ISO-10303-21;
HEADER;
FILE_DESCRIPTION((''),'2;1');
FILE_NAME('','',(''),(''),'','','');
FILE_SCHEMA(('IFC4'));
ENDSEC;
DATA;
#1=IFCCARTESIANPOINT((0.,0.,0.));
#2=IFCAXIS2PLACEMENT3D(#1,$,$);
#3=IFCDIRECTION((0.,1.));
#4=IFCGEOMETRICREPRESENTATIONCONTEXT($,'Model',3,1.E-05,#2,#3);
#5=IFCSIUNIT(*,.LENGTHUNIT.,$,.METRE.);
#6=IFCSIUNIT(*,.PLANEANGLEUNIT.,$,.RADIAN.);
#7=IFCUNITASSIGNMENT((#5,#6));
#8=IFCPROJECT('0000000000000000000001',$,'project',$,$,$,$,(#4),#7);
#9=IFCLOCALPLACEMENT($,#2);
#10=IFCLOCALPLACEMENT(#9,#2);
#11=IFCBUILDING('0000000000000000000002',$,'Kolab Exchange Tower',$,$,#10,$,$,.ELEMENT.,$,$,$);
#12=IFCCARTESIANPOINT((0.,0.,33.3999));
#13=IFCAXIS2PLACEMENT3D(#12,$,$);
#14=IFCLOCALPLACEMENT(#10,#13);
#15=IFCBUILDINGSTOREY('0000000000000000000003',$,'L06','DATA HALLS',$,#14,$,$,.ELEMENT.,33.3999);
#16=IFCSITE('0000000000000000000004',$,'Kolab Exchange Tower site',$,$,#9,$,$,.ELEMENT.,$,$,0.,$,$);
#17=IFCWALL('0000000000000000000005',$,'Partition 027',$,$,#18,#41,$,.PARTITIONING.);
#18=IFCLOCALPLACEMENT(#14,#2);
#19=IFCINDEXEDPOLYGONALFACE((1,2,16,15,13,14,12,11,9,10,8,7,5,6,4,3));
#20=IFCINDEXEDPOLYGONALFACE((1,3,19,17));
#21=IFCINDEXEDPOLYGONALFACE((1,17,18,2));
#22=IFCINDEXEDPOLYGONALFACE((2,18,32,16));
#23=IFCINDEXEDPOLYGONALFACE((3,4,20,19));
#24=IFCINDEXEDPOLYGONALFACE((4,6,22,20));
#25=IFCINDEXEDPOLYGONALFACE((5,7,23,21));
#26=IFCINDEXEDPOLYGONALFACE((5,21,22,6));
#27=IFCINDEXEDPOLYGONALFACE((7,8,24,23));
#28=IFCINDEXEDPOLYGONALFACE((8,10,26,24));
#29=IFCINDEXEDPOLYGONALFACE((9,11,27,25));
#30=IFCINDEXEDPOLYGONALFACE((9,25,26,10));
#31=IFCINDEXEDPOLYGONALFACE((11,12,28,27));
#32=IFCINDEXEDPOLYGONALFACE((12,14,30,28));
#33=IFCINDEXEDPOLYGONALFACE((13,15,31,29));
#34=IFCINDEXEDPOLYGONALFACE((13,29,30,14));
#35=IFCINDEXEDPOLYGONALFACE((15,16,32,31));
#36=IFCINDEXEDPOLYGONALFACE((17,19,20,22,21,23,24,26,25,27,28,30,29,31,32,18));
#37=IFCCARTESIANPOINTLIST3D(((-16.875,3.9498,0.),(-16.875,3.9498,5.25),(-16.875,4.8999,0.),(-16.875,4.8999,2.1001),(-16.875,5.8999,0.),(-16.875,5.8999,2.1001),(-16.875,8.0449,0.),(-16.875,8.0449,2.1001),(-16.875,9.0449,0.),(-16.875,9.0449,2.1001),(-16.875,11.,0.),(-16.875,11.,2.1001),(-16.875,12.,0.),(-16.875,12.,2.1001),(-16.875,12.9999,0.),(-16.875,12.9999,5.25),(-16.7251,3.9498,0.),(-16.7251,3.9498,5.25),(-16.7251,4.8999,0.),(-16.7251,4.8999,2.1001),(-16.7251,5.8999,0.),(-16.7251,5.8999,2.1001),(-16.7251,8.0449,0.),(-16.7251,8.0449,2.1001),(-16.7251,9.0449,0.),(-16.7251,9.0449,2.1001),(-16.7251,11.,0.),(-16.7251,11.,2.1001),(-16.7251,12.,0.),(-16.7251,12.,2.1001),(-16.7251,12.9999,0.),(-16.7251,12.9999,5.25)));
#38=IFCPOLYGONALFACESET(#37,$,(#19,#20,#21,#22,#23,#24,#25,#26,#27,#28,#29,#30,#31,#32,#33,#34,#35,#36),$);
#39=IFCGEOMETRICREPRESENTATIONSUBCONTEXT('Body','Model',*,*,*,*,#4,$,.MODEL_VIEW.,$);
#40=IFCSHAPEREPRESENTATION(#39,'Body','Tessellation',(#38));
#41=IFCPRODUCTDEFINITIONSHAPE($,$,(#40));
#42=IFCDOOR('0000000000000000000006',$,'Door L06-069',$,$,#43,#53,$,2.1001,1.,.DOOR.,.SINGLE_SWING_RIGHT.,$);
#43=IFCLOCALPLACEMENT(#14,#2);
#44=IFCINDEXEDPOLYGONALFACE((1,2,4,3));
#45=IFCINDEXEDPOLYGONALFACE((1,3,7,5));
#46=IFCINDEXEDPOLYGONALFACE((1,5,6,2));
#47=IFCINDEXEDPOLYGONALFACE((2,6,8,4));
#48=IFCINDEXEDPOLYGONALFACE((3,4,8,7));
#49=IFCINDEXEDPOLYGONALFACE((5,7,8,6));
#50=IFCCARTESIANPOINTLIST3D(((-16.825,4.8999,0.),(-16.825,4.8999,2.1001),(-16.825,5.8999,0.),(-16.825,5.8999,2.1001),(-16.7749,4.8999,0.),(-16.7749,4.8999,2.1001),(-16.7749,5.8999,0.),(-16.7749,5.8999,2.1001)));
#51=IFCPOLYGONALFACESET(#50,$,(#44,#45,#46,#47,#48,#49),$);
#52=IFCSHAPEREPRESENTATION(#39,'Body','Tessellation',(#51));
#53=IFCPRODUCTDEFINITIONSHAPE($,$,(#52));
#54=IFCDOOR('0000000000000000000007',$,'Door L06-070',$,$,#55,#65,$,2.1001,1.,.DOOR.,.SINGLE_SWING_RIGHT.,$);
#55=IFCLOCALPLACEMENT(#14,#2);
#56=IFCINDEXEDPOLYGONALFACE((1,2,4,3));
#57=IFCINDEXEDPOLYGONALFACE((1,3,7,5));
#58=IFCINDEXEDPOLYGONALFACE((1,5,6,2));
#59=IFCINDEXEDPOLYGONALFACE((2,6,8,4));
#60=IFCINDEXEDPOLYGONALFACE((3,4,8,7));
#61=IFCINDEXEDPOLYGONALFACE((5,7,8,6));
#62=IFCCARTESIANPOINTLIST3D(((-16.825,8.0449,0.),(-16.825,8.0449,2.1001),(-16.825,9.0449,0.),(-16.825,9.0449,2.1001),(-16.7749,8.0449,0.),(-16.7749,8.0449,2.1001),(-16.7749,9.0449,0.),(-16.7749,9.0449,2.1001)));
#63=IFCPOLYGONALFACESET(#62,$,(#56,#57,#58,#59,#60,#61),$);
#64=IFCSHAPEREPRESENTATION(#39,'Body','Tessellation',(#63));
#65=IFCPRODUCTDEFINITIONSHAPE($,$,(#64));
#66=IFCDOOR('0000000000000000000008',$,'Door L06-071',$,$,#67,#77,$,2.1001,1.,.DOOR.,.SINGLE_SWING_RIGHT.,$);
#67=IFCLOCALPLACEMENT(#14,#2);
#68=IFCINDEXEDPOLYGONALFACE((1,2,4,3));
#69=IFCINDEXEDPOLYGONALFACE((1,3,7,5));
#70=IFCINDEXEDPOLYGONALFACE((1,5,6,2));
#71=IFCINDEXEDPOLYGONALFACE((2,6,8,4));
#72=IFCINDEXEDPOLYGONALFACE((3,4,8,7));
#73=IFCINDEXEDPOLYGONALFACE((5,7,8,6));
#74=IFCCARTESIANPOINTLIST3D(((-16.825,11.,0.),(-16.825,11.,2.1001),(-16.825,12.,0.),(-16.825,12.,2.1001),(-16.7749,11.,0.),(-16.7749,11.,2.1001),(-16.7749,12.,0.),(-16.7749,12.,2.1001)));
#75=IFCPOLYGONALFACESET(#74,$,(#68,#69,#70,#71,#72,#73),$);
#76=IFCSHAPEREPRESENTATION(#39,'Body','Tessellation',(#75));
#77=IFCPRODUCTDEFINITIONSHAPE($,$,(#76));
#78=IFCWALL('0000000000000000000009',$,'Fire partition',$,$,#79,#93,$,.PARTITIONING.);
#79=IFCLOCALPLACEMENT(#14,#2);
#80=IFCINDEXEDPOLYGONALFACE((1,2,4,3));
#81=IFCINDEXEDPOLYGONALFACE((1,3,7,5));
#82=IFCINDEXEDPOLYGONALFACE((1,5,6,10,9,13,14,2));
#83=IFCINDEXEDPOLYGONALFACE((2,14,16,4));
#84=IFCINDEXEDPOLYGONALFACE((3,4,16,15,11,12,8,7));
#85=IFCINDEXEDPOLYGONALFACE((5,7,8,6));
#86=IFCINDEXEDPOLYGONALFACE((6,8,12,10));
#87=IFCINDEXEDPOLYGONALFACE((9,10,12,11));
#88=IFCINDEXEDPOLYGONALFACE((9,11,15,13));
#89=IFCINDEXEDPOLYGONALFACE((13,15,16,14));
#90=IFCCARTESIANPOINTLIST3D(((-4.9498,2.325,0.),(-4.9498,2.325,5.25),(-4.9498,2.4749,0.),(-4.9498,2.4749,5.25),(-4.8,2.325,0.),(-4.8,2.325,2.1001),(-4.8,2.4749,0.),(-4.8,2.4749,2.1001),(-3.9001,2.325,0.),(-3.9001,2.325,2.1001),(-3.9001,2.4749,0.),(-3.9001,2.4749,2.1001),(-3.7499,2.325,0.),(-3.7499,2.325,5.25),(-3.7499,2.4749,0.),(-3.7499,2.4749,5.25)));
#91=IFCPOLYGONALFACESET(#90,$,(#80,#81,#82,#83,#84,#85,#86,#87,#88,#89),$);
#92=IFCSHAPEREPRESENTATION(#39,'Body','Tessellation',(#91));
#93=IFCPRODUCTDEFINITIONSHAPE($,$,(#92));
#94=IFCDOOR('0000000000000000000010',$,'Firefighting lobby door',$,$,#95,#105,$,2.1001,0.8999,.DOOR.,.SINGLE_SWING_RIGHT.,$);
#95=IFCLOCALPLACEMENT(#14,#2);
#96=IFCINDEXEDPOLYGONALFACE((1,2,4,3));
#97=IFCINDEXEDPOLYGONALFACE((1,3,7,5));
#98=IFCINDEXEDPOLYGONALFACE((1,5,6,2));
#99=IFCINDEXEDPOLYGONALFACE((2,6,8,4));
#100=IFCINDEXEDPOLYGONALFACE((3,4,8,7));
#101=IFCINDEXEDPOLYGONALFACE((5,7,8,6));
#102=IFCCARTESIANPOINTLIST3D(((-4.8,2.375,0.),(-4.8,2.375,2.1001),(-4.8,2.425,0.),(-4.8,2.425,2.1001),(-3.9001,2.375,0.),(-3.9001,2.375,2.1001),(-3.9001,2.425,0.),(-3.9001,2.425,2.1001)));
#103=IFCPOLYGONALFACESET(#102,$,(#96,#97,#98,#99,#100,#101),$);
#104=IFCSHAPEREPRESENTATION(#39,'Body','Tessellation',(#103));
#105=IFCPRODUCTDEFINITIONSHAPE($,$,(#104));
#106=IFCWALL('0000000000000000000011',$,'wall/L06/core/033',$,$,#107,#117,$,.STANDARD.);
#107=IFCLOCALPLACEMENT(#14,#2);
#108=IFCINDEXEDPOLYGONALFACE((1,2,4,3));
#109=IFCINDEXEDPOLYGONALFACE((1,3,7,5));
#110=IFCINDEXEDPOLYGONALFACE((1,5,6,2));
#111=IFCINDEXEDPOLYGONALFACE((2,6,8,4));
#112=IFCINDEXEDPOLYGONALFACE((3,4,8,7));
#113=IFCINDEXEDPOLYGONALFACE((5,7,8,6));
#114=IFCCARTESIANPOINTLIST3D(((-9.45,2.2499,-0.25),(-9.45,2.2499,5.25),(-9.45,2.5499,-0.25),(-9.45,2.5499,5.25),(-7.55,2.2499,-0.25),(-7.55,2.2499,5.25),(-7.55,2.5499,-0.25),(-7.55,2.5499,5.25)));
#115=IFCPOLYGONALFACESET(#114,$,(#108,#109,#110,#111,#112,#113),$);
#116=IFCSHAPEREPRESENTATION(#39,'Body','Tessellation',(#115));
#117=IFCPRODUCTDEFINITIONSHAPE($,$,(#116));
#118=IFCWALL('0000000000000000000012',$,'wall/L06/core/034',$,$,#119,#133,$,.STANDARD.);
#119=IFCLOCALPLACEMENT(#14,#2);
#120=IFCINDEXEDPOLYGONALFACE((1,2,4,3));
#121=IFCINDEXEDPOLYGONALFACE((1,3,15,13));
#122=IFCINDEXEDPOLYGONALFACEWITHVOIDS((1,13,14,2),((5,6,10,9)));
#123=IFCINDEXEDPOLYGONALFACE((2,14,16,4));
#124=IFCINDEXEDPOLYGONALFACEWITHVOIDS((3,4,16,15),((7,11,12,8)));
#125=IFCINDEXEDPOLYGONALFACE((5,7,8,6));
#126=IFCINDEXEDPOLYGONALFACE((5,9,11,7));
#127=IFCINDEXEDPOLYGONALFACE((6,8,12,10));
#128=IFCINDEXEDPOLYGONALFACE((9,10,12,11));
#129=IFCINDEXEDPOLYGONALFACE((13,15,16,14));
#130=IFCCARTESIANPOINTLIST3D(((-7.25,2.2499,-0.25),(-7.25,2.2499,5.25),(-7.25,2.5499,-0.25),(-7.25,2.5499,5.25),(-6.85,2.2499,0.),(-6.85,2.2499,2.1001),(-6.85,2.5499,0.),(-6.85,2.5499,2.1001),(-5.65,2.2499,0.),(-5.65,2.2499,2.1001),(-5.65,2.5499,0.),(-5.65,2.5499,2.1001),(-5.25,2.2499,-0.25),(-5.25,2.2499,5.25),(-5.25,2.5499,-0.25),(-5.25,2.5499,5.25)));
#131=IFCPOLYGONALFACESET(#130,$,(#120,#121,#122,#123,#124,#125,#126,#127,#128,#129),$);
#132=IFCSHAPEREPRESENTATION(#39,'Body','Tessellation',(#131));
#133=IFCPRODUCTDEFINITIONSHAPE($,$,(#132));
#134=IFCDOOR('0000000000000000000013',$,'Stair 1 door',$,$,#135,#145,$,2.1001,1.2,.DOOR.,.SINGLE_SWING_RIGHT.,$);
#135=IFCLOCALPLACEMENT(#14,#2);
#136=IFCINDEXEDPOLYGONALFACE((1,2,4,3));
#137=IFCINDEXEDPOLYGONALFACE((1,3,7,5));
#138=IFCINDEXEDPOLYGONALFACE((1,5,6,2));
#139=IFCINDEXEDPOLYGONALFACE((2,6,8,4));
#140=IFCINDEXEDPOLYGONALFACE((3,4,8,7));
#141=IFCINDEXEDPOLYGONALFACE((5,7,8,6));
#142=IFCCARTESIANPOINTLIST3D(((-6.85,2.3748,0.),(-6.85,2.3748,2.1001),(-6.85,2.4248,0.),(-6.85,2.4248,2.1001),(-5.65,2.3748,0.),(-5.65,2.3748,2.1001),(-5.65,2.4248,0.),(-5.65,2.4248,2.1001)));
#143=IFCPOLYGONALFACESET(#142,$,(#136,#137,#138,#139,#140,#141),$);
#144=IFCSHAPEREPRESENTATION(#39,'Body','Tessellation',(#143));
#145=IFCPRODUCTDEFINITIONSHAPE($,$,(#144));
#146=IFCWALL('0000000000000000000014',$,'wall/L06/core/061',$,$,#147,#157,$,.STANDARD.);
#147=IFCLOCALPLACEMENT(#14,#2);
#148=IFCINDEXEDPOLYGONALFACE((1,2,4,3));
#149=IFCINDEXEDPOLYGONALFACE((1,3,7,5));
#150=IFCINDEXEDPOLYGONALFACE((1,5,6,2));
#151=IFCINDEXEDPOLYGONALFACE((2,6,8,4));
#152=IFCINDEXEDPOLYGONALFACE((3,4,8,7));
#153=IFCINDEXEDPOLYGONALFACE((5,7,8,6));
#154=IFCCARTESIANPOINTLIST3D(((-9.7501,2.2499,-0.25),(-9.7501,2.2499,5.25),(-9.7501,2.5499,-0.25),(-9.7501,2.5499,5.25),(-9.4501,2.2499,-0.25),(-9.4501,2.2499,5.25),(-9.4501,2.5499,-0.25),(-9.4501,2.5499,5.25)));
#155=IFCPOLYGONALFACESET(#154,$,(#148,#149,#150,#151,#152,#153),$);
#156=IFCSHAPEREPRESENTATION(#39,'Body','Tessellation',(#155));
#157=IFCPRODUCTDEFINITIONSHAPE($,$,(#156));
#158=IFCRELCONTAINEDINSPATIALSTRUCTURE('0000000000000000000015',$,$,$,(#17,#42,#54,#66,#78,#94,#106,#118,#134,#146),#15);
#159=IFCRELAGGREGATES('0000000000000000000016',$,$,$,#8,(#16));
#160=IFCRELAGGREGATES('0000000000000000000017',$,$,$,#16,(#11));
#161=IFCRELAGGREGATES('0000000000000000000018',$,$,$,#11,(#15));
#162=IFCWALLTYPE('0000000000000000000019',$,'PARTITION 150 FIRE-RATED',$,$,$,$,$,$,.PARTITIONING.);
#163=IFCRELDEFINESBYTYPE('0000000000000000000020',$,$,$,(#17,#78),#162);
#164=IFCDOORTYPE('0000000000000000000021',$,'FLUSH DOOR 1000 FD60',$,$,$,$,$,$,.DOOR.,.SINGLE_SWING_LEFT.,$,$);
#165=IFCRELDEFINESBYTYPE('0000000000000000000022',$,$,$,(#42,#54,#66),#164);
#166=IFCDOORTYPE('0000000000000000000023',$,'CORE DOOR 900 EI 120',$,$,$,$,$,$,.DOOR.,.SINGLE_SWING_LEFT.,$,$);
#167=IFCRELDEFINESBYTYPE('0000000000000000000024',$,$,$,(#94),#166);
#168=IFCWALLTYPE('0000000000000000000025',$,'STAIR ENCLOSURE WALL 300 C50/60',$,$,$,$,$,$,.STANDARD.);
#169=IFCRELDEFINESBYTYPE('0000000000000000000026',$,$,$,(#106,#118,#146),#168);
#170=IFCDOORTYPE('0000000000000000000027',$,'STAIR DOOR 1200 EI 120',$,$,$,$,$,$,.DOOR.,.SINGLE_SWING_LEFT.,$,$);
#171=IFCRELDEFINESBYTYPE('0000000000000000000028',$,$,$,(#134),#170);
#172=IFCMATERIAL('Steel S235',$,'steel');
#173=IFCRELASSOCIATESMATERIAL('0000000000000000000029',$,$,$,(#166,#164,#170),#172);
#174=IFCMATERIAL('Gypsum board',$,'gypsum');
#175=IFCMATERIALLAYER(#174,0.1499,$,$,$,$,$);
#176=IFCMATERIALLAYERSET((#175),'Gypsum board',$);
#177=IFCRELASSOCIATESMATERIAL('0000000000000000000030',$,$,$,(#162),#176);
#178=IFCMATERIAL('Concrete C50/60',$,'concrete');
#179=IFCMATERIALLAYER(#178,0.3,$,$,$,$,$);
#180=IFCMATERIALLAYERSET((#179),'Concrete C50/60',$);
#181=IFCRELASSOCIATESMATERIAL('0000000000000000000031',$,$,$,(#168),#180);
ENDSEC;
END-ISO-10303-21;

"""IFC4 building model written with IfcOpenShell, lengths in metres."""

from ifc_helpers import new_model, si_unit, direction, frame, frame_2d, origin, place, context, subcontext, project, spatial, rectangle, extrude, material, layer, layer_set, type_object, element, fill, save


model = new_model("IFC4")

# Units and contexts
model_context = context("Model", 3, precision=1e-05, world=origin(), true_north=direction((0.0, 1.0)))
body_context = subcontext(model_context, "Body", "Model", "MODEL_VIEW")
ifc_project = project(units=[si_unit("LENGTHUNIT", "METRE"), si_unit("PLANEANGLEUNIT", "RADIAN")], contexts=[model_context])

# Site, building, storey
site_placement = place(None, origin())
site = spatial("IfcSite", under=ifc_project, at=site_placement, Name="Kolab Exchange Tower site", CompositionType="ELEMENT", RefElevation=0.0)
building_placement = place(site_placement, origin())
building = spatial("IfcBuilding", under=site, at=building_placement, Name="Kolab Exchange Tower", CompositionType="ELEMENT")
storey_placement = place(building_placement, frame((0.0, 0.0, 33.3999)))
storey = spatial("IfcBuildingStorey", under=building, at=storey_placement, Name="L06", Description="DATA HALLS", CompositionType="ELEMENT", Elevation=33.3999)

# Shared definitions
ifc_material_1 = material(Name="Steel S235", Category="steel")
door_type_1 = type_object("IfcDoorType", Name="CORE DOOR 900 EI 120", OperationType="SINGLE_SWING_LEFT", PredefinedType="DOOR", material=ifc_material_1)

# Shared definitions
ifc_material_2 = material(Name="Concrete C50/60", Category="concrete")
ifc_material_3 = material(Name="Gypsum board", Category="gypsum")

# Wall, openings, doors
ifc_layer_1 = layer(ifc_material_3, 0.1499)
ifc_layer_set_1 = layer_set([ifc_layer_1], Name="Gypsum board")
wall_type_1 = type_object("IfcWallType", Name="PARTITION 150 FIRE-RATED", PredefinedType="PARTITIONING", material=ifc_layer_set_1)
wall_1_placement = place(storey_placement, frame((-16.8, 3.95, 0.0), z_axis=(0.0, 0.0, 1.0), x_axis=(0.0, 1.0, 0.0)))
wall_1 = element("IfcWall", 1, at=wall_1_placement, inside=storey, type_object=wall_type_1, Name="Partition 027", PredefinedType="PARTITIONING", context=body_context, shape_type="SweptSolid", body=[
    extrude(rectangle(XDim=9.05, YDim=0.1499, at=frame_2d((4.5249, 0.0))), origin(), (0.0, 0.0, 1.0), 5.25),
])
opening_1_placement = place(wall_1_placement, frame((0.95, 0.0, 0.0)))
opening_1 = element("IfcOpeningElement", 2, at=opening_1_placement, cuts=wall_1, PredefinedType="OPENING", context=body_context, shape_type="SweptSolid", body=[
    extrude(rectangle(XDim=1.0, YDim=2.1001, at=frame_2d((0.5, 1.05))), frame((0.0, 0.085, 0.0), z_axis=(0.0, -1.0, 0.0), x_axis=(1.0, 0.0, 0.0)), (0.0, 0.0, 1.0), 0.1699),
])
opening_2_placement = place(wall_1_placement, frame((4.095, 0.0, 0.0)))
opening_2 = element("IfcOpeningElement", 3, at=opening_2_placement, cuts=wall_1, PredefinedType="OPENING", context=body_context, shape_type="SweptSolid", body=[
    extrude(rectangle(XDim=1.0, YDim=2.1001, at=frame_2d((0.5, 1.05))), frame((0.0, 0.085, 0.0), z_axis=(0.0, -1.0, 0.0), x_axis=(1.0, 0.0, 0.0)), (0.0, 0.0, 1.0), 0.1699),
])
opening_3_placement = place(wall_1_placement, frame((7.05, 0.0, 0.0)))
opening_3 = element("IfcOpeningElement", 4, at=opening_3_placement, cuts=wall_1, PredefinedType="OPENING", context=body_context, shape_type="SweptSolid", body=[
    extrude(rectangle(XDim=1.0, YDim=2.1001, at=frame_2d((0.5, 1.05))), frame((0.0, 0.085, 0.0), z_axis=(0.0, -1.0, 0.0), x_axis=(1.0, 0.0, 0.0)), (0.0, 0.0, 1.0), 0.1699),
])
door_type_2 = type_object("IfcDoorType", Name="FLUSH DOOR 1000 FD60", OperationType="SINGLE_SWING_LEFT", PredefinedType="DOOR", material=ifc_material_1)
door_1_placement = place(opening_1_placement, origin())
door_1 = element("IfcDoor", 5, at=door_1_placement, inside=storey, type_object=door_type_2, Name="Door L06-069", OperationType="SINGLE_SWING_RIGHT", OverallHeight=2.1001, OverallWidth=1.0, PredefinedType="DOOR", context=body_context, shape_type="SweptSolid", body=[
    extrude(rectangle(XDim=1.0, YDim=2.1001, at=frame_2d((0.5, 1.05))), frame((0.0, 0.0249, 0.0), z_axis=(0.0, -1.0, 0.0), x_axis=(1.0, 0.0, 0.0)), (0.0, 0.0, 1.0), 0.05),
])
fill(opening_1, door_1)
door_2_placement = place(opening_2_placement, origin())
door_2 = element("IfcDoor", 6, at=door_2_placement, inside=storey, type_object=door_type_2, Name="Door L06-070", OperationType="SINGLE_SWING_RIGHT", OverallHeight=2.1001, OverallWidth=1.0, PredefinedType="DOOR", context=body_context, shape_type="SweptSolid", body=[
    extrude(rectangle(XDim=1.0, YDim=2.1001, at=frame_2d((0.5, 1.05))), frame((0.0, 0.0249, 0.0), z_axis=(0.0, -1.0, 0.0), x_axis=(1.0, 0.0, 0.0)), (0.0, 0.0, 1.0), 0.05),
])
fill(opening_2, door_2)
door_3_placement = place(opening_3_placement, origin())
door_3 = element("IfcDoor", 7, at=door_3_placement, inside=storey, type_object=door_type_2, Name="Door L06-071", OperationType="SINGLE_SWING_RIGHT", OverallHeight=2.1001, OverallWidth=1.0, PredefinedType="DOOR", context=body_context, shape_type="SweptSolid", body=[
    extrude(rectangle(XDim=1.0, YDim=2.1001, at=frame_2d((0.5, 1.05))), frame((0.0, 0.0249, 0.0), z_axis=(0.0, -1.0, 0.0), x_axis=(1.0, 0.0, 0.0)), (0.0, 0.0, 1.0), 0.05),
])
fill(opening_3, door_3)

# Wall, opening, door
wall_2_placement = place(storey_placement, frame((-4.95, 2.3999, 0.0), z_axis=(0.0, 0.0, 1.0), x_axis=(1.0, 0.0, 0.0)))
wall_2 = element("IfcWall", 8, at=wall_2_placement, inside=storey, type_object=wall_type_1, Name="Fire partition", PredefinedType="PARTITIONING", context=body_context, shape_type="SweptSolid", body=[
    extrude(rectangle(XDim=1.2, YDim=0.1499, at=frame_2d((0.6001, 0.0))), origin(), (0.0, 0.0, 1.0), 5.25),
])
opening_4_placement = place(wall_2_placement, frame((0.1499, 0.0, 0.0)))
opening_4 = element("IfcOpeningElement", 9, at=opening_4_placement, cuts=wall_2, PredefinedType="OPENING", context=body_context, shape_type="SweptSolid", body=[
    extrude(rectangle(XDim=0.8999, YDim=2.1001, at=frame_2d((0.45, 1.05))), frame((0.0, 0.085, 0.0), z_axis=(0.0, -1.0, 0.0), x_axis=(1.0, 0.0, 0.0)), (0.0, 0.0, 1.0), 0.1699),
])
door_4_placement = place(opening_4_placement, frame((0.8999, 0.0, 0.0), z_axis=(0.0, 0.0, 1.0), x_axis=(-1.0, 0.0, 0.0)))
door_4 = element("IfcDoor", 10, at=door_4_placement, inside=storey, type_object=door_type_1, Name="Firefighting lobby door", OperationType="SINGLE_SWING_RIGHT", OverallHeight=2.1001, OverallWidth=0.8999, PredefinedType="DOOR", context=body_context, shape_type="SweptSolid", body=[
    extrude(rectangle(XDim=0.8999, YDim=2.1001, at=frame_2d((0.45, 1.05))), frame((0.0, 0.0249, 0.0), z_axis=(0.0, -1.0, 0.0), x_axis=(1.0, 0.0, 0.0)), (0.0, 0.0, 1.0), 0.05),
])
fill(opening_4, door_4)

# Wall
ifc_layer_2 = layer(ifc_material_2, 0.3)
ifc_layer_set_2 = layer_set([ifc_layer_2], Name="Concrete C50/60")
wall_type_2 = type_object("IfcWallType", Name="STAIR ENCLOSURE WALL 300 C50/60", PredefinedType="STANDARD", material=ifc_layer_set_2)
wall_3_placement = place(storey_placement, frame((-9.45, 2.3999, -0.25), z_axis=(0.0, 0.0, 1.0), x_axis=(1.0, 0.0, 0.0)))
element("IfcWall", 11, at=wall_3_placement, inside=storey, type_object=wall_type_2, Name="wall/L06/core/033", PredefinedType="STANDARD", context=body_context, shape_type="SweptSolid", body=[
    extrude(rectangle(XDim=1.8999, YDim=0.3, at=frame_2d((0.95, 0.0))), origin(), (0.0, 0.0, 1.0), 5.5),
])

# Wall, opening, door
wall_4_placement = place(storey_placement, frame((-7.25, 2.3999, -0.25), z_axis=(0.0, 0.0, 1.0), x_axis=(1.0, 0.0, 0.0)))
wall_4 = element("IfcWall", 12, at=wall_4_placement, inside=storey, type_object=wall_type_2, Name="wall/L06/core/034", PredefinedType="STANDARD", context=body_context, shape_type="SweptSolid", body=[
    extrude(rectangle(XDim=2.0, YDim=0.3, at=frame_2d((1.0, 0.0))), origin(), (0.0, 0.0, 1.0), 5.5),
])
opening_5_placement = place(wall_4_placement, frame((0.3999, 0.0, 0.25)))
opening_5 = element("IfcOpeningElement", 13, at=opening_5_placement, cuts=wall_4, PredefinedType="OPENING", context=body_context, shape_type="SweptSolid", body=[
    extrude(rectangle(XDim=1.2, YDim=2.1001, at=frame_2d((0.6001, 1.05))), frame((0.0, 0.1602, 0.0), z_axis=(0.0, -1.0, 0.0), x_axis=(1.0, 0.0, 0.0)), (0.0, 0.0, 1.0), 0.3201),
])
door_type_3 = type_object("IfcDoorType", Name="STAIR DOOR 1200 EI 120", OperationType="SINGLE_SWING_LEFT", PredefinedType="DOOR", material=ifc_material_1)
door_5_placement = place(opening_5_placement, origin())
door_5 = element("IfcDoor", 14, at=door_5_placement, inside=storey, type_object=door_type_3, Name="Stair 1 door", OperationType="SINGLE_SWING_RIGHT", OverallHeight=2.1001, OverallWidth=1.2, PredefinedType="DOOR", context=body_context, shape_type="SweptSolid", body=[
    extrude(rectangle(XDim=1.2, YDim=2.1001, at=frame_2d((0.6001, 1.05))), frame((0.0, 0.0249, 0.0), z_axis=(0.0, -1.0, 0.0), x_axis=(1.0, 0.0, 0.0)), (0.0, 0.0, 1.0), 0.05),
])
fill(opening_5, door_5)

# Wall
wall_5_placement = place(storey_placement, frame((-9.6001, 2.25, -0.25), z_axis=(0.0, 0.0, 1.0), x_axis=(0.0, 1.0, 0.0)))
element("IfcWall", 15, at=wall_5_placement, inside=storey, type_object=wall_type_2, Name="wall/L06/core/061", PredefinedType="STANDARD", context=body_context, shape_type="SweptSolid", body=[
    extrude(rectangle(XDim=0.3, YDim=0.3, at=frame_2d((0.1499, 0.0))), origin(), (0.0, 0.0, 1.0), 5.5),
])

save(model, "model.ifc")
